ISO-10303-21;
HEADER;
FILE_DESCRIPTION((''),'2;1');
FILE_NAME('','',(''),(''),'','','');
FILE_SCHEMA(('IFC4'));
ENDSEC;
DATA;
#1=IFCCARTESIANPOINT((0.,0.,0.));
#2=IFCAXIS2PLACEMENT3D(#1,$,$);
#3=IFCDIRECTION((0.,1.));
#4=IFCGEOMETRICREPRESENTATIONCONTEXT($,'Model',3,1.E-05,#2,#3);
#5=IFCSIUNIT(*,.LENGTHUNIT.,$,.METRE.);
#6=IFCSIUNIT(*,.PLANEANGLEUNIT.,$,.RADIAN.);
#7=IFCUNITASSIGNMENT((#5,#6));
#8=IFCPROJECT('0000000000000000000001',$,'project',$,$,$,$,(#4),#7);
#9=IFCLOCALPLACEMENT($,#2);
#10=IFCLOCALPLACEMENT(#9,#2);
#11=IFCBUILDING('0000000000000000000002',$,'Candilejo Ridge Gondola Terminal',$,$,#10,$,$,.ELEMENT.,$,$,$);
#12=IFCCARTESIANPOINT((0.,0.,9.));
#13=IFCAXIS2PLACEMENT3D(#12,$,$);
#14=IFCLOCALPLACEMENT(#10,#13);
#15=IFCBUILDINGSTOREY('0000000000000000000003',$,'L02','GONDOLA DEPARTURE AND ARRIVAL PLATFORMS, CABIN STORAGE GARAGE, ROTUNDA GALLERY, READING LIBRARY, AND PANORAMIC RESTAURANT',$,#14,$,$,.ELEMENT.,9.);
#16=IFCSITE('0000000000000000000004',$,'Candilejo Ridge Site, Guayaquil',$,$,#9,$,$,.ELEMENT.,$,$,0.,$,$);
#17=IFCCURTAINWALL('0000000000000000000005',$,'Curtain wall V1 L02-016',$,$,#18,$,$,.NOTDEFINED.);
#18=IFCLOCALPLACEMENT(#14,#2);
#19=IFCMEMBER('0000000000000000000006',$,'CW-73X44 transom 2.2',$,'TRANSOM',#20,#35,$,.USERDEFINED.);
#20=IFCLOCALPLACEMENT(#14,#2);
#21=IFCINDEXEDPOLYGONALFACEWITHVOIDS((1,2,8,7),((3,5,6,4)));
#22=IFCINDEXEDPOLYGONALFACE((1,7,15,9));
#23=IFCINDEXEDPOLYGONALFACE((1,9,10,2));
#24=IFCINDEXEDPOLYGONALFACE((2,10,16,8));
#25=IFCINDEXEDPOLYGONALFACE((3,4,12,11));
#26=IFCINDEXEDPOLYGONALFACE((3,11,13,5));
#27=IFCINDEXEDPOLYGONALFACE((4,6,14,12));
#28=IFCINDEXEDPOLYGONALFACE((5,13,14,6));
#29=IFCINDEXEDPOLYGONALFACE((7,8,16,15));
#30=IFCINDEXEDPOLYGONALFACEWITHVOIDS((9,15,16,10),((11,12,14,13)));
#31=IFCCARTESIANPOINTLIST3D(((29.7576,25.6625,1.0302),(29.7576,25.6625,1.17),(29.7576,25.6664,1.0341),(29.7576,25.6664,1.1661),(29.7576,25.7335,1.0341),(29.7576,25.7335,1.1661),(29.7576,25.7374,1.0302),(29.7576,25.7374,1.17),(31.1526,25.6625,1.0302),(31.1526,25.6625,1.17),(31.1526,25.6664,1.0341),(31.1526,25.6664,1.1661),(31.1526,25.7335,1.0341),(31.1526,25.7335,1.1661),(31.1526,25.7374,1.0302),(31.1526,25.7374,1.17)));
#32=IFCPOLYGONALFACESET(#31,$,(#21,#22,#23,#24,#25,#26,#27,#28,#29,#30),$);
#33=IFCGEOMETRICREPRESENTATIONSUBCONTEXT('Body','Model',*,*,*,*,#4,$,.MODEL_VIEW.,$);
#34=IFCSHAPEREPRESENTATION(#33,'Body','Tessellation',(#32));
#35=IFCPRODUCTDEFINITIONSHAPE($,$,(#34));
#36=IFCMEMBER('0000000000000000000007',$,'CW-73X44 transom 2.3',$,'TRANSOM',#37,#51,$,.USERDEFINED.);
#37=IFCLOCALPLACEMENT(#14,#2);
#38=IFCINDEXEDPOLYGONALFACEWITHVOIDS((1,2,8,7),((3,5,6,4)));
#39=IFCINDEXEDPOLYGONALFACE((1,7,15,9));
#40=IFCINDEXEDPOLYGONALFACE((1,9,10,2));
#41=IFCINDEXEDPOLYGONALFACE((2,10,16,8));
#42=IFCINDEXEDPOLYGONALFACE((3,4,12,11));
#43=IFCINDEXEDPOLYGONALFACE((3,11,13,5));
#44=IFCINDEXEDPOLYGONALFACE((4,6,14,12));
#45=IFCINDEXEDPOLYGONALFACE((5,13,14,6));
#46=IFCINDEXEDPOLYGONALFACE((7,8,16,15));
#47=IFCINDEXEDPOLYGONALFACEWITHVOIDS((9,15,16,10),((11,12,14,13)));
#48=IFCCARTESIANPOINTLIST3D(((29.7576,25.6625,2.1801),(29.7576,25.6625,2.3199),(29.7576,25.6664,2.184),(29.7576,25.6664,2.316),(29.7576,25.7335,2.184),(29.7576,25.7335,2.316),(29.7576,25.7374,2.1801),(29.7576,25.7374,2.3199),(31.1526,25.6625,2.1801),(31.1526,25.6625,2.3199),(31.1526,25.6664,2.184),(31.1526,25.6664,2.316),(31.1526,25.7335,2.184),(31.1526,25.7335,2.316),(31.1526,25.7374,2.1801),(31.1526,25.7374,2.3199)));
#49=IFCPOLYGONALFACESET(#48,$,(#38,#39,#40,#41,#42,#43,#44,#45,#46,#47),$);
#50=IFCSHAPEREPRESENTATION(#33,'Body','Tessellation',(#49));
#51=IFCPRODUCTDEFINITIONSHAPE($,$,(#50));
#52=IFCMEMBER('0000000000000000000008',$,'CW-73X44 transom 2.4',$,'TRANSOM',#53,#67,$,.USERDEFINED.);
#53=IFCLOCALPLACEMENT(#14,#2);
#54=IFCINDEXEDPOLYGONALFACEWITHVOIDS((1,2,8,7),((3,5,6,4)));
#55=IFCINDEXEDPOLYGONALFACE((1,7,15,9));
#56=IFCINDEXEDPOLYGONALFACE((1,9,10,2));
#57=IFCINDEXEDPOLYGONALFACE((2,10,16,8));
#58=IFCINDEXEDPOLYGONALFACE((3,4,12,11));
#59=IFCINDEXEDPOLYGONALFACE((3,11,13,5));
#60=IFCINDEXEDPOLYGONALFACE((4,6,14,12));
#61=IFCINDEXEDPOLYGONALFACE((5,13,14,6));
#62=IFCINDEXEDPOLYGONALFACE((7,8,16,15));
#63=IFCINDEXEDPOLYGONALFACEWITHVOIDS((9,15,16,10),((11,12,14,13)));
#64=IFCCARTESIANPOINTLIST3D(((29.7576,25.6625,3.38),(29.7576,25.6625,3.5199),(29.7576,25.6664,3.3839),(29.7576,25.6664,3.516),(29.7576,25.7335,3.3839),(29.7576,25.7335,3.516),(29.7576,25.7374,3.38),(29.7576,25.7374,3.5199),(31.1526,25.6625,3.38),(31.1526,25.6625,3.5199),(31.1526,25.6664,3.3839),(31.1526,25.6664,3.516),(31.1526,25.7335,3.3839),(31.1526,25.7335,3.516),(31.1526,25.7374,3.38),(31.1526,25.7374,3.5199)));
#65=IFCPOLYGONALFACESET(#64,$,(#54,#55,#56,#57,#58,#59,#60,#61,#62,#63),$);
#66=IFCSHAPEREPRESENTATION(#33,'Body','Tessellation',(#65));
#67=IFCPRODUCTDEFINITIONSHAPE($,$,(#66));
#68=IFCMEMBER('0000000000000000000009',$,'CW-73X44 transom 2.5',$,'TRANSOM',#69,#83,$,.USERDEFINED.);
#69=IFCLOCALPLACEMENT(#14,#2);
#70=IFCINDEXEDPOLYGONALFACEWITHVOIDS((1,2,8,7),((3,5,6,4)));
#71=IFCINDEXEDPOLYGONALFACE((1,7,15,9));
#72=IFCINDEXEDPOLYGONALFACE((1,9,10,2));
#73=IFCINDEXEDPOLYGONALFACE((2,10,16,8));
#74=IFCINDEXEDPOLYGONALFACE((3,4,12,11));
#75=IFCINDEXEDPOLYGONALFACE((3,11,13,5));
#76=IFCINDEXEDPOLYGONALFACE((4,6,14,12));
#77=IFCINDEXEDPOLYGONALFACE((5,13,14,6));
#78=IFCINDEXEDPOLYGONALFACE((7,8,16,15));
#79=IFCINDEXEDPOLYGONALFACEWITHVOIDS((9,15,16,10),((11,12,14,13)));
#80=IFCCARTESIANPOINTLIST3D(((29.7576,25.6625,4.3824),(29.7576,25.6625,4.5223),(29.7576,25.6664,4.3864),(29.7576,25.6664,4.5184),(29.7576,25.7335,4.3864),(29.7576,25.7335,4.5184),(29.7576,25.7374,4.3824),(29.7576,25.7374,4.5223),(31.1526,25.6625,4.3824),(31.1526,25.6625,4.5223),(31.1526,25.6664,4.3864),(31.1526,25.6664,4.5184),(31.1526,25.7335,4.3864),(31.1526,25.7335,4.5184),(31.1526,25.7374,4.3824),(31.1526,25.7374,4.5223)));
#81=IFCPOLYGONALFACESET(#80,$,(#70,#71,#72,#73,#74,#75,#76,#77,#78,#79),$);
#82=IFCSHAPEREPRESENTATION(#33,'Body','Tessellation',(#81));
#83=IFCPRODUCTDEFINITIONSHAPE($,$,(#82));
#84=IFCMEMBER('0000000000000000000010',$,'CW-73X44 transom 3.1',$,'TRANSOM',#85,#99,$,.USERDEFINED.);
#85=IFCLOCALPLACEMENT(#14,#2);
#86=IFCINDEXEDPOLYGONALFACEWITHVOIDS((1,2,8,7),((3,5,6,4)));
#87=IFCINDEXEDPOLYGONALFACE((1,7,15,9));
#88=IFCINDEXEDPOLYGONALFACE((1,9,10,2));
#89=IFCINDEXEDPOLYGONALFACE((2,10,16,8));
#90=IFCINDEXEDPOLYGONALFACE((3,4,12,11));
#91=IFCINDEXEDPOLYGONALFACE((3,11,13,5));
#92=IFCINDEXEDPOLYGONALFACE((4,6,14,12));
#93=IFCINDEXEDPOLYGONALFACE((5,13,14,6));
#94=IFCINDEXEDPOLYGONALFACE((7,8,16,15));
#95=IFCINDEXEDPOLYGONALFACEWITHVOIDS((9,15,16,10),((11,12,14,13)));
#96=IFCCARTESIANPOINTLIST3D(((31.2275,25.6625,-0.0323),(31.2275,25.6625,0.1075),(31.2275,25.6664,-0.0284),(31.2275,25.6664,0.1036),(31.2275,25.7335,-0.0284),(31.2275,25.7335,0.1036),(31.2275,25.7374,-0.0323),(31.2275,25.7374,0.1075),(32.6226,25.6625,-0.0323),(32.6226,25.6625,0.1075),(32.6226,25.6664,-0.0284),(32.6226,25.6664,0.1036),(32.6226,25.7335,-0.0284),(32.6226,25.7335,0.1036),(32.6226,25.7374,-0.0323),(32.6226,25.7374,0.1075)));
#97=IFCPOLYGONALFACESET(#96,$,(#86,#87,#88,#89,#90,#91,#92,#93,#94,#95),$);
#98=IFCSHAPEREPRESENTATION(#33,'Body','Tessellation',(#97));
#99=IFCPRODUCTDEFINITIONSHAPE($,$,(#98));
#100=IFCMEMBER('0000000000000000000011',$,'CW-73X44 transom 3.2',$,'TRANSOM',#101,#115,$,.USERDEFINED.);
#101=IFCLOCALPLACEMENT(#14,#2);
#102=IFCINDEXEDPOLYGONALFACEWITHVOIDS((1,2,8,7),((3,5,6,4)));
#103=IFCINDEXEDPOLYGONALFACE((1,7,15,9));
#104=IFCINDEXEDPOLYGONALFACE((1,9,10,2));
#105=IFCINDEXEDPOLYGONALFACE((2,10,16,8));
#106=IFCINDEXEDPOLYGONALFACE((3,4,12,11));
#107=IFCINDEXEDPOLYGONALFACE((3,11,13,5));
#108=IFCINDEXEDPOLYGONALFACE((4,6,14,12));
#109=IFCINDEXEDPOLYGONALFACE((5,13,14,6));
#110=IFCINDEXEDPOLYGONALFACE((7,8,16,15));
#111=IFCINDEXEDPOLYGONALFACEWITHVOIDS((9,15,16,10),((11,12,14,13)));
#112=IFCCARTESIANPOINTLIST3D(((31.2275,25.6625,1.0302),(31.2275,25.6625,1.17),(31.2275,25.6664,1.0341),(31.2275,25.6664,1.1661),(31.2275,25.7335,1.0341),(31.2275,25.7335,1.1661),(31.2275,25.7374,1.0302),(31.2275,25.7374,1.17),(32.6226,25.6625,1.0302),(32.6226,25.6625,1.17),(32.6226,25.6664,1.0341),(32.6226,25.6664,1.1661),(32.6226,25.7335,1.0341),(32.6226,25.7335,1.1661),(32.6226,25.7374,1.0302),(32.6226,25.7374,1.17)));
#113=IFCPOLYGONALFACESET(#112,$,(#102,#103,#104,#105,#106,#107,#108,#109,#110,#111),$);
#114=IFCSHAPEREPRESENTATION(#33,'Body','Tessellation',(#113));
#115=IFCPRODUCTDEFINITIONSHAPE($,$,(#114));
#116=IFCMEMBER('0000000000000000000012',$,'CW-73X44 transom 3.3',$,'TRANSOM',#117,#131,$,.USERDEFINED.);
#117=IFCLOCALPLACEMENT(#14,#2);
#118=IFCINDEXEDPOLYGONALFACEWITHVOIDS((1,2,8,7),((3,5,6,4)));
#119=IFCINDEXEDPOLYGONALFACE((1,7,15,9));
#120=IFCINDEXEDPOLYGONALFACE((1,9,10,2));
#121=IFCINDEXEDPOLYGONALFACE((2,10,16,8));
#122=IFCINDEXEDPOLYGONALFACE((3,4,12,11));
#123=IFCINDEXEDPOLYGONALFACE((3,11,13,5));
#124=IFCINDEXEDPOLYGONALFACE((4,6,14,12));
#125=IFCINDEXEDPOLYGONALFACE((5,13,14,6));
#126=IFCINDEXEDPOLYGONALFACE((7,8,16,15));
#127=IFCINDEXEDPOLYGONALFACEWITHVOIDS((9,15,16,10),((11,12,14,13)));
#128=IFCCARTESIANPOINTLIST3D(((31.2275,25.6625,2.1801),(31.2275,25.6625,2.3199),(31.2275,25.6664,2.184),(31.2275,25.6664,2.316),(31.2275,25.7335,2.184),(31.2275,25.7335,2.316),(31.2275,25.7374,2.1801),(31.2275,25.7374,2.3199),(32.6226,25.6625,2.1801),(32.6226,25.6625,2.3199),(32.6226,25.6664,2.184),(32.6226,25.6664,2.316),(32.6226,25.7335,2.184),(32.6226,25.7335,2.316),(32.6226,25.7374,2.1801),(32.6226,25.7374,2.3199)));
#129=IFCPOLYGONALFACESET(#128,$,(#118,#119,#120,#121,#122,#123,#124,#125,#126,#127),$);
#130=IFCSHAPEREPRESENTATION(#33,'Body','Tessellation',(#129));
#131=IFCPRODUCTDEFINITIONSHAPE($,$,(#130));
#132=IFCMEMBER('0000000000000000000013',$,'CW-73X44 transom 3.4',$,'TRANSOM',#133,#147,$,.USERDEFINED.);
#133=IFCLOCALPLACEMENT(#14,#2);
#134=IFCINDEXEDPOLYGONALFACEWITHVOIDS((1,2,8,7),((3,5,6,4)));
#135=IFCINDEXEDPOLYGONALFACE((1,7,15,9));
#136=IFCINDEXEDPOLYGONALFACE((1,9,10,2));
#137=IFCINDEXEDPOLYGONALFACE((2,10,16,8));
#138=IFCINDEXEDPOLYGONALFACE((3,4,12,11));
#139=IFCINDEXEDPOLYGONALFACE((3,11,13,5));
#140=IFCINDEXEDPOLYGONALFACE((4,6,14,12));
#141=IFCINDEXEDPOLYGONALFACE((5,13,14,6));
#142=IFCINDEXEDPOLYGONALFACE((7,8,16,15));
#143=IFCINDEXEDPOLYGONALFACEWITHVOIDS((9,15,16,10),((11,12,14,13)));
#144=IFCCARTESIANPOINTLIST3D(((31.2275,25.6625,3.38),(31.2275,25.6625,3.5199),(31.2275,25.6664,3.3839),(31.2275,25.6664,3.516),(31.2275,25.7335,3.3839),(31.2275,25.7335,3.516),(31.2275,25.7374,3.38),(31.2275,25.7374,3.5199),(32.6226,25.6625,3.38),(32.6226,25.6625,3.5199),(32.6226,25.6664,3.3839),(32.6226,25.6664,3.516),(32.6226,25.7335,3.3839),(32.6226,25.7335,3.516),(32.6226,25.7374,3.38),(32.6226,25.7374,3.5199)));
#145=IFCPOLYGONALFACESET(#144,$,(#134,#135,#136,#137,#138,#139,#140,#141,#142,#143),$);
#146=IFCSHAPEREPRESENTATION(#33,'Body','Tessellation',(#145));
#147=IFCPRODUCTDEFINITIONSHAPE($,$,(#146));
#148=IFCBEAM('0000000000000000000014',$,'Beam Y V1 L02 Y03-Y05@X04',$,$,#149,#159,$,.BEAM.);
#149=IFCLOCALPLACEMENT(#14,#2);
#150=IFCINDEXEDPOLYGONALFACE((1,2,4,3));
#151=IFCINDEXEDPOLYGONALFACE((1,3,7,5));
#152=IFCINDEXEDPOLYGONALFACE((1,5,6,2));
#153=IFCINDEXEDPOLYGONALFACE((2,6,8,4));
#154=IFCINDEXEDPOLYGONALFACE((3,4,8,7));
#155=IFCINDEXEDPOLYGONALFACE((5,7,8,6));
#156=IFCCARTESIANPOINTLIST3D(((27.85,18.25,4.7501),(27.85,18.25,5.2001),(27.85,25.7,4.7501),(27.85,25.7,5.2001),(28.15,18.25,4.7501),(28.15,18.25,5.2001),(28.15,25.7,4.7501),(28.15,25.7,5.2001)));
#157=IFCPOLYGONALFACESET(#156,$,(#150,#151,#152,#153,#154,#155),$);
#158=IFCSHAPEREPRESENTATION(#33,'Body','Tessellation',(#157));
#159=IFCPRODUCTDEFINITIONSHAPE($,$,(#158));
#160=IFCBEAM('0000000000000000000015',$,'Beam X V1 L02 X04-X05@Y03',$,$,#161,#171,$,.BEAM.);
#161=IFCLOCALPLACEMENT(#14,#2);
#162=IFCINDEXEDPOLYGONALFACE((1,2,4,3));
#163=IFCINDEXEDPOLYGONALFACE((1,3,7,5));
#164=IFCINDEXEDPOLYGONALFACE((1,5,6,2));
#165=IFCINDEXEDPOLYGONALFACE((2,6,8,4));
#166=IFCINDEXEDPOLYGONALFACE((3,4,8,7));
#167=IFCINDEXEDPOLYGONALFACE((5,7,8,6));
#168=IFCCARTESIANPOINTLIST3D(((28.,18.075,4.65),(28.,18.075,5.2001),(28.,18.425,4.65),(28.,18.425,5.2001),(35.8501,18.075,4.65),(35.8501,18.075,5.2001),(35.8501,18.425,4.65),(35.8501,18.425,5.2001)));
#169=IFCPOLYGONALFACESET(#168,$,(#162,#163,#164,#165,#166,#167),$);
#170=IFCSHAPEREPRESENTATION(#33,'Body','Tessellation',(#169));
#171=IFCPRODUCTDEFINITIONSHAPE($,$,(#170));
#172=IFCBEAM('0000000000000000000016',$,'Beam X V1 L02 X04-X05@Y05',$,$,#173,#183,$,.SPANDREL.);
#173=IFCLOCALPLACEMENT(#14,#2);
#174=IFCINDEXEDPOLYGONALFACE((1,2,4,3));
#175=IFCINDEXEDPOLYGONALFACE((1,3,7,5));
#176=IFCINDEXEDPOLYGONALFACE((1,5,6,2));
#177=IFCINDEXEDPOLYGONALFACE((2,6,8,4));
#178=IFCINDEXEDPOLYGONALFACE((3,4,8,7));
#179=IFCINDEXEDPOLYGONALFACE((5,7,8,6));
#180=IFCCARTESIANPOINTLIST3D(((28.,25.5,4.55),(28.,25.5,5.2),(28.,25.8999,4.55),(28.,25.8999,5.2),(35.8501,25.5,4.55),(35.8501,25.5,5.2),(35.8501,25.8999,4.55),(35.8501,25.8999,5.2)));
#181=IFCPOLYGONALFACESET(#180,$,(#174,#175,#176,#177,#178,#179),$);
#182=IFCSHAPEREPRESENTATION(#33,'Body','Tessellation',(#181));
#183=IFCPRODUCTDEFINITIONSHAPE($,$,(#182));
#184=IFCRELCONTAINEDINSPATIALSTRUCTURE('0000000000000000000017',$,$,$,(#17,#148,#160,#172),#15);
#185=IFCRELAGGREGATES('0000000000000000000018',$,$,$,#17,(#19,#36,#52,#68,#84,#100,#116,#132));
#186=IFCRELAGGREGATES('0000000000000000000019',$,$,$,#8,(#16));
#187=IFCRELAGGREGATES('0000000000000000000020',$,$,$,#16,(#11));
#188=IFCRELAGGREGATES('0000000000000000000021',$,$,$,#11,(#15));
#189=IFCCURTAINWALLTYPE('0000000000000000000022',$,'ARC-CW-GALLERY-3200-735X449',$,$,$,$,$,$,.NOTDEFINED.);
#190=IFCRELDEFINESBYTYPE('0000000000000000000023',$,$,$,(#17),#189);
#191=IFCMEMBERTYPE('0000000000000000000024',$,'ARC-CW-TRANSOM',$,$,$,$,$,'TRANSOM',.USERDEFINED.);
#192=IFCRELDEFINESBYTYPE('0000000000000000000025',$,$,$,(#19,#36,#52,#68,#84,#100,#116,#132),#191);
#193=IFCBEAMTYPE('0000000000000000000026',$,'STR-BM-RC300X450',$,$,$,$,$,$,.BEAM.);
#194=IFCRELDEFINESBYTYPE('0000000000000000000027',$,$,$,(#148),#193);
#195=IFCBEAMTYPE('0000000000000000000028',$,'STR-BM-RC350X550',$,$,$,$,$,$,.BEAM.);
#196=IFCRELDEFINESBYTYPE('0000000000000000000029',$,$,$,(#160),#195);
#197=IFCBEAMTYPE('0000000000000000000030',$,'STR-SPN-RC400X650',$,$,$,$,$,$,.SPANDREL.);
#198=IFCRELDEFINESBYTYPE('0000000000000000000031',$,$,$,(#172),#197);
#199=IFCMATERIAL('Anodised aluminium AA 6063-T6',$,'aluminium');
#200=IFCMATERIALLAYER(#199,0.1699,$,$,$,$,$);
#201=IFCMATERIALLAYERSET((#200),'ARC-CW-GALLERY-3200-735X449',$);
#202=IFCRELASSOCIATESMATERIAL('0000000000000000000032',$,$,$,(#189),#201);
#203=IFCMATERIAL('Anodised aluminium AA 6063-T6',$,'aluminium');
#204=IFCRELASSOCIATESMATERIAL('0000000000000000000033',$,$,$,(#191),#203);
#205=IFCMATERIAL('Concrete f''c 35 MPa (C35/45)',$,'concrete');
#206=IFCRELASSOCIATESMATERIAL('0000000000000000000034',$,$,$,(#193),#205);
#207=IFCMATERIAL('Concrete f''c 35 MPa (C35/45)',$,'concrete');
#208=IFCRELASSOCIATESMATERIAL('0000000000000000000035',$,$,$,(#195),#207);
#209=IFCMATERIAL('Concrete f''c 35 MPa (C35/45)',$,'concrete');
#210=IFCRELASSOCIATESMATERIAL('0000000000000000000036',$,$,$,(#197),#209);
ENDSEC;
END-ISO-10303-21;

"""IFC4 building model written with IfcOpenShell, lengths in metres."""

from ifc_helpers import new_model, si_unit, direction, frame, origin, origin_2d, place, context, subcontext, project, spatial, rectangle, hollow_rectangle, extrude, material, layer, layer_set, material_profile, profile_set, type_object, element, aggregate, save


model = new_model("IFC4")

# Units and contexts
model_context = context("Model", 3, precision=1e-05, world=origin(), true_north=direction((0.0, 1.0)))
body_context = subcontext(model_context, "Body", "Model", "MODEL_VIEW")
ifc_project = project(units=[si_unit("LENGTHUNIT", "METRE"), si_unit("PLANEANGLEUNIT", "RADIAN")], contexts=[model_context])

# Site, building, storey
site_placement = place(None, origin())
site = spatial("IfcSite", under=ifc_project, at=site_placement, Name="Candilejo Ridge Site, Guayaquil", CompositionType="ELEMENT", RefElevation=0.0)
building_placement = place(site_placement, origin())
building = spatial("IfcBuilding", under=site, at=building_placement, Name="Candilejo Ridge Gondola Terminal", CompositionType="ELEMENT")
storey_placement = place(building_placement, frame((0.0, 0.0, 9.0)))
storey = spatial("IfcBuildingStorey", under=building, at=storey_placement, Name="L02", Description="GONDOLA DEPARTURE AND ARRIVAL PLATFORMS, CABIN STORAGE GARAGE, ROTUNDA GALLERY, READING LIBRARY, AND PANORAMIC RESTAURANT", CompositionType="ELEMENT", Elevation=9.0)

# Curtain wall, members
ifc_material_1 = material(Name="Anodised aluminium AA 6063-T6", Category="aluminium")
ifc_layer_1 = layer(ifc_material_1, 0.1699)
ifc_layer_set_1 = layer_set([ifc_layer_1], Name="ARC-CW-GALLERY-3200-735X449")
curtain_wall_type_1 = type_object("IfcCurtainWallType", Name="ARC-CW-GALLERY-3200-735X449", PredefinedType="NOTDEFINED", material=ifc_layer_set_1)
curtain_wall_1_placement = place(storey_placement, origin())
curtain_wall_1 = element("IfcCurtainWall", 1, at=curtain_wall_1_placement, inside=storey, type_object=curtain_wall_type_1, Name="Curtain wall V1 L02-016", PredefinedType="NOTDEFINED")
ifc_material_2 = material(Name="Anodised aluminium AA 6063-T6", Category="aluminium")
ifc_material_profile_1 = material_profile(ifc_material_2, hollow_rectangle(XDim=0.075, YDim=0.1399, WallThickness=0.0039, at=origin_2d()))
ifc_profile_set_1 = profile_set([ifc_material_profile_1], Name="Anodised aluminium AA 6063-T6")
member_type_1 = type_object("IfcMemberType", Name="ARC-CW-TRANSOM", ElementType="TRANSOM", PredefinedType="USERDEFINED", material=ifc_profile_set_1)
member_1_placement = place(storey_placement, frame((29.7576, 25.7, 1.1001), z_axis=(1.0, 0.0, 0.0), x_axis=(0.0, 1.0, 0.0)))
member_1 = element("IfcMember", 2, at=member_1_placement, type_object=member_type_1, Name="CW-73X44 transom 2.2", ObjectType="TRANSOM", PredefinedType="USERDEFINED", context=body_context, shape_type="SweptSolid", body=[
    extrude(hollow_rectangle(XDim=0.075, YDim=0.1399, WallThickness=0.0039, at=origin_2d()), origin(), (0.0, 0.0, 1.0), 1.395),
])
member_2_placement = place(storey_placement, frame((29.7576, 25.7, 2.25), z_axis=(1.0, 0.0, 0.0), x_axis=(0.0, 1.0, 0.0)))
member_2 = element("IfcMember", 3, at=member_2_placement, type_object=member_type_1, Name="CW-73X44 transom 2.3", ObjectType="TRANSOM", PredefinedType="USERDEFINED", context=body_context, shape_type="SweptSolid", body=[
    extrude(hollow_rectangle(XDim=0.075, YDim=0.1399, WallThickness=0.0039, at=origin_2d()), origin(), (0.0, 0.0, 1.0), 1.395),
])
member_3_placement = place(storey_placement, frame((29.7576, 25.7, 3.45), z_axis=(1.0, 0.0, 0.0), x_axis=(0.0, 1.0, 0.0)))
member_3 = element("IfcMember", 4, at=member_3_placement, type_object=member_type_1, Name="CW-73X44 transom 2.4", ObjectType="TRANSOM", PredefinedType="USERDEFINED", context=body_context, shape_type="SweptSolid", body=[
    extrude(hollow_rectangle(XDim=0.075, YDim=0.1399, WallThickness=0.0039, at=origin_2d()), origin(), (0.0, 0.0, 1.0), 1.395),
])
member_4_placement = place(storey_placement, frame((29.7576, 25.7, 4.4524), z_axis=(1.0, 0.0, 0.0), x_axis=(0.0, 1.0, 0.0)))
member_4 = element("IfcMember", 5, at=member_4_placement, type_object=member_type_1, Name="CW-73X44 transom 2.5", ObjectType="TRANSOM", PredefinedType="USERDEFINED", context=body_context, shape_type="SweptSolid", body=[
    extrude(hollow_rectangle(XDim=0.075, YDim=0.1399, WallThickness=0.0039, at=origin_2d()), origin(), (0.0, 0.0, 1.0), 1.395),
])
member_5_placement = place(storey_placement, frame((31.2275, 25.7, 0.0376), z_axis=(1.0, 0.0, 0.0), x_axis=(0.0, 1.0, 0.0)))
member_5 = element("IfcMember", 6, at=member_5_placement, type_object=member_type_1, Name="CW-73X44 transom 3.1", ObjectType="TRANSOM", PredefinedType="USERDEFINED", context=body_context, shape_type="SweptSolid", body=[
    extrude(hollow_rectangle(XDim=0.075, YDim=0.1399, WallThickness=0.0039, at=origin_2d()), origin(), (0.0, 0.0, 1.0), 1.395),
])
member_6_placement = place(storey_placement, frame((31.2275, 25.7, 1.1001), z_axis=(1.0, 0.0, 0.0), x_axis=(0.0, 1.0, 0.0)))
member_6 = element("IfcMember", 7, at=member_6_placement, type_object=member_type_1, Name="CW-73X44 transom 3.2", ObjectType="TRANSOM", PredefinedType="USERDEFINED", context=body_context, shape_type="SweptSolid", body=[
    extrude(hollow_rectangle(XDim=0.075, YDim=0.1399, WallThickness=0.0039, at=origin_2d()), origin(), (0.0, 0.0, 1.0), 1.395),
])
member_7_placement = place(storey_placement, frame((31.2275, 25.7, 2.25), z_axis=(1.0, 0.0, 0.0), x_axis=(0.0, 1.0, 0.0)))
member_7 = element("IfcMember", 8, at=member_7_placement, type_object=member_type_1, Name="CW-73X44 transom 3.3", ObjectType="TRANSOM", PredefinedType="USERDEFINED", context=body_context, shape_type="SweptSolid", body=[
    extrude(hollow_rectangle(XDim=0.075, YDim=0.1399, WallThickness=0.0039, at=origin_2d()), origin(), (0.0, 0.0, 1.0), 1.395),
])
member_8_placement = place(storey_placement, frame((31.2275, 25.7, 3.45), z_axis=(1.0, 0.0, 0.0), x_axis=(0.0, 1.0, 0.0)))
member_8 = element("IfcMember", 9, at=member_8_placement, type_object=member_type_1, Name="CW-73X44 transom 3.4", ObjectType="TRANSOM", PredefinedType="USERDEFINED", context=body_context, shape_type="SweptSolid", body=[
    extrude(hollow_rectangle(XDim=0.075, YDim=0.1399, WallThickness=0.0039, at=origin_2d()), origin(), (0.0, 0.0, 1.0), 1.395),
])

# Beams
ifc_material_3 = material(Name="Concrete f'c 35 MPa (C35/45)", Category="concrete")
ifc_material_profile_2 = material_profile(ifc_material_3, rectangle(XDim=0.3, YDim=0.45, at=origin_2d()))
ifc_profile_set_2 = profile_set([ifc_material_profile_2], Name="Concrete f'c 35 MPa (C35/45)")
beam_type_1 = type_object("IfcBeamType", Name="STR-BM-RC300X450", PredefinedType="BEAM", material=ifc_profile_set_2)
beam_1_placement = place(storey_placement, frame((28.0, 18.25, 4.9751), z_axis=(0.0, 1.0, 0.0), x_axis=(-1.0, 0.0, 0.0)))
element("IfcBeam", 10, at=beam_1_placement, inside=storey, type_object=beam_type_1, Name="Beam Y V1 L02 Y03-Y05@X04", PredefinedType="BEAM", context=body_context, shape_type="SweptSolid", body=[
    extrude(rectangle(XDim=0.3, YDim=0.45, at=origin_2d()), origin(), (0.0, 0.0, 1.0), 7.45),
])
ifc_material_4 = material(Name="Concrete f'c 35 MPa (C35/45)", Category="concrete")
ifc_material_profile_3 = material_profile(ifc_material_4, rectangle(XDim=0.3501, YDim=0.55, at=origin_2d()))
ifc_profile_set_3 = profile_set([ifc_material_profile_3], Name="Concrete f'c 35 MPa (C35/45)")
beam_type_2 = type_object("IfcBeamType", Name="STR-BM-RC350X550", PredefinedType="BEAM", material=ifc_profile_set_3)
beam_2_placement = place(storey_placement, frame((28.0, 18.25, 4.925), z_axis=(1.0, 0.0, 0.0), x_axis=(0.0, 1.0, 0.0)))
element("IfcBeam", 11, at=beam_2_placement, inside=storey, type_object=beam_type_2, Name="Beam X V1 L02 X04-X05@Y03", PredefinedType="BEAM", context=body_context, shape_type="SweptSolid", body=[
    extrude(rectangle(XDim=0.3501, YDim=0.55, at=origin_2d()), origin(), (0.0, 0.0, 1.0), 7.8501),
])
ifc_material_5 = material(Name="Concrete f'c 35 MPa (C35/45)", Category="concrete")
ifc_material_profile_4 = material_profile(ifc_material_5, rectangle(XDim=0.3999, YDim=0.6499, at=origin_2d()))
ifc_profile_set_4 = profile_set([ifc_material_profile_4], Name="Concrete f'c 35 MPa (C35/45)")
beam_type_3 = type_object("IfcBeamType", Name="STR-SPN-RC400X650", PredefinedType="SPANDREL", material=ifc_profile_set_4)
beam_3_placement = place(storey_placement, frame((28.0, 25.7, 4.875), z_axis=(1.0, 0.0, 0.0), x_axis=(0.0, 1.0, 0.0)))
element("IfcBeam", 12, at=beam_3_placement, inside=storey, type_object=beam_type_3, Name="Beam X V1 L02 X04-X05@Y05", PredefinedType="SPANDREL", context=body_context, shape_type="SweptSolid", body=[
    extrude(rectangle(XDim=0.3999, YDim=0.6499, at=origin_2d()), origin(), (0.0, 0.0, 1.0), 7.8501),
])

aggregate(curtain_wall_1, [member_1, member_2, member_3, member_4, member_5, member_6, member_7, member_8])

save(model, "model.ifc")
